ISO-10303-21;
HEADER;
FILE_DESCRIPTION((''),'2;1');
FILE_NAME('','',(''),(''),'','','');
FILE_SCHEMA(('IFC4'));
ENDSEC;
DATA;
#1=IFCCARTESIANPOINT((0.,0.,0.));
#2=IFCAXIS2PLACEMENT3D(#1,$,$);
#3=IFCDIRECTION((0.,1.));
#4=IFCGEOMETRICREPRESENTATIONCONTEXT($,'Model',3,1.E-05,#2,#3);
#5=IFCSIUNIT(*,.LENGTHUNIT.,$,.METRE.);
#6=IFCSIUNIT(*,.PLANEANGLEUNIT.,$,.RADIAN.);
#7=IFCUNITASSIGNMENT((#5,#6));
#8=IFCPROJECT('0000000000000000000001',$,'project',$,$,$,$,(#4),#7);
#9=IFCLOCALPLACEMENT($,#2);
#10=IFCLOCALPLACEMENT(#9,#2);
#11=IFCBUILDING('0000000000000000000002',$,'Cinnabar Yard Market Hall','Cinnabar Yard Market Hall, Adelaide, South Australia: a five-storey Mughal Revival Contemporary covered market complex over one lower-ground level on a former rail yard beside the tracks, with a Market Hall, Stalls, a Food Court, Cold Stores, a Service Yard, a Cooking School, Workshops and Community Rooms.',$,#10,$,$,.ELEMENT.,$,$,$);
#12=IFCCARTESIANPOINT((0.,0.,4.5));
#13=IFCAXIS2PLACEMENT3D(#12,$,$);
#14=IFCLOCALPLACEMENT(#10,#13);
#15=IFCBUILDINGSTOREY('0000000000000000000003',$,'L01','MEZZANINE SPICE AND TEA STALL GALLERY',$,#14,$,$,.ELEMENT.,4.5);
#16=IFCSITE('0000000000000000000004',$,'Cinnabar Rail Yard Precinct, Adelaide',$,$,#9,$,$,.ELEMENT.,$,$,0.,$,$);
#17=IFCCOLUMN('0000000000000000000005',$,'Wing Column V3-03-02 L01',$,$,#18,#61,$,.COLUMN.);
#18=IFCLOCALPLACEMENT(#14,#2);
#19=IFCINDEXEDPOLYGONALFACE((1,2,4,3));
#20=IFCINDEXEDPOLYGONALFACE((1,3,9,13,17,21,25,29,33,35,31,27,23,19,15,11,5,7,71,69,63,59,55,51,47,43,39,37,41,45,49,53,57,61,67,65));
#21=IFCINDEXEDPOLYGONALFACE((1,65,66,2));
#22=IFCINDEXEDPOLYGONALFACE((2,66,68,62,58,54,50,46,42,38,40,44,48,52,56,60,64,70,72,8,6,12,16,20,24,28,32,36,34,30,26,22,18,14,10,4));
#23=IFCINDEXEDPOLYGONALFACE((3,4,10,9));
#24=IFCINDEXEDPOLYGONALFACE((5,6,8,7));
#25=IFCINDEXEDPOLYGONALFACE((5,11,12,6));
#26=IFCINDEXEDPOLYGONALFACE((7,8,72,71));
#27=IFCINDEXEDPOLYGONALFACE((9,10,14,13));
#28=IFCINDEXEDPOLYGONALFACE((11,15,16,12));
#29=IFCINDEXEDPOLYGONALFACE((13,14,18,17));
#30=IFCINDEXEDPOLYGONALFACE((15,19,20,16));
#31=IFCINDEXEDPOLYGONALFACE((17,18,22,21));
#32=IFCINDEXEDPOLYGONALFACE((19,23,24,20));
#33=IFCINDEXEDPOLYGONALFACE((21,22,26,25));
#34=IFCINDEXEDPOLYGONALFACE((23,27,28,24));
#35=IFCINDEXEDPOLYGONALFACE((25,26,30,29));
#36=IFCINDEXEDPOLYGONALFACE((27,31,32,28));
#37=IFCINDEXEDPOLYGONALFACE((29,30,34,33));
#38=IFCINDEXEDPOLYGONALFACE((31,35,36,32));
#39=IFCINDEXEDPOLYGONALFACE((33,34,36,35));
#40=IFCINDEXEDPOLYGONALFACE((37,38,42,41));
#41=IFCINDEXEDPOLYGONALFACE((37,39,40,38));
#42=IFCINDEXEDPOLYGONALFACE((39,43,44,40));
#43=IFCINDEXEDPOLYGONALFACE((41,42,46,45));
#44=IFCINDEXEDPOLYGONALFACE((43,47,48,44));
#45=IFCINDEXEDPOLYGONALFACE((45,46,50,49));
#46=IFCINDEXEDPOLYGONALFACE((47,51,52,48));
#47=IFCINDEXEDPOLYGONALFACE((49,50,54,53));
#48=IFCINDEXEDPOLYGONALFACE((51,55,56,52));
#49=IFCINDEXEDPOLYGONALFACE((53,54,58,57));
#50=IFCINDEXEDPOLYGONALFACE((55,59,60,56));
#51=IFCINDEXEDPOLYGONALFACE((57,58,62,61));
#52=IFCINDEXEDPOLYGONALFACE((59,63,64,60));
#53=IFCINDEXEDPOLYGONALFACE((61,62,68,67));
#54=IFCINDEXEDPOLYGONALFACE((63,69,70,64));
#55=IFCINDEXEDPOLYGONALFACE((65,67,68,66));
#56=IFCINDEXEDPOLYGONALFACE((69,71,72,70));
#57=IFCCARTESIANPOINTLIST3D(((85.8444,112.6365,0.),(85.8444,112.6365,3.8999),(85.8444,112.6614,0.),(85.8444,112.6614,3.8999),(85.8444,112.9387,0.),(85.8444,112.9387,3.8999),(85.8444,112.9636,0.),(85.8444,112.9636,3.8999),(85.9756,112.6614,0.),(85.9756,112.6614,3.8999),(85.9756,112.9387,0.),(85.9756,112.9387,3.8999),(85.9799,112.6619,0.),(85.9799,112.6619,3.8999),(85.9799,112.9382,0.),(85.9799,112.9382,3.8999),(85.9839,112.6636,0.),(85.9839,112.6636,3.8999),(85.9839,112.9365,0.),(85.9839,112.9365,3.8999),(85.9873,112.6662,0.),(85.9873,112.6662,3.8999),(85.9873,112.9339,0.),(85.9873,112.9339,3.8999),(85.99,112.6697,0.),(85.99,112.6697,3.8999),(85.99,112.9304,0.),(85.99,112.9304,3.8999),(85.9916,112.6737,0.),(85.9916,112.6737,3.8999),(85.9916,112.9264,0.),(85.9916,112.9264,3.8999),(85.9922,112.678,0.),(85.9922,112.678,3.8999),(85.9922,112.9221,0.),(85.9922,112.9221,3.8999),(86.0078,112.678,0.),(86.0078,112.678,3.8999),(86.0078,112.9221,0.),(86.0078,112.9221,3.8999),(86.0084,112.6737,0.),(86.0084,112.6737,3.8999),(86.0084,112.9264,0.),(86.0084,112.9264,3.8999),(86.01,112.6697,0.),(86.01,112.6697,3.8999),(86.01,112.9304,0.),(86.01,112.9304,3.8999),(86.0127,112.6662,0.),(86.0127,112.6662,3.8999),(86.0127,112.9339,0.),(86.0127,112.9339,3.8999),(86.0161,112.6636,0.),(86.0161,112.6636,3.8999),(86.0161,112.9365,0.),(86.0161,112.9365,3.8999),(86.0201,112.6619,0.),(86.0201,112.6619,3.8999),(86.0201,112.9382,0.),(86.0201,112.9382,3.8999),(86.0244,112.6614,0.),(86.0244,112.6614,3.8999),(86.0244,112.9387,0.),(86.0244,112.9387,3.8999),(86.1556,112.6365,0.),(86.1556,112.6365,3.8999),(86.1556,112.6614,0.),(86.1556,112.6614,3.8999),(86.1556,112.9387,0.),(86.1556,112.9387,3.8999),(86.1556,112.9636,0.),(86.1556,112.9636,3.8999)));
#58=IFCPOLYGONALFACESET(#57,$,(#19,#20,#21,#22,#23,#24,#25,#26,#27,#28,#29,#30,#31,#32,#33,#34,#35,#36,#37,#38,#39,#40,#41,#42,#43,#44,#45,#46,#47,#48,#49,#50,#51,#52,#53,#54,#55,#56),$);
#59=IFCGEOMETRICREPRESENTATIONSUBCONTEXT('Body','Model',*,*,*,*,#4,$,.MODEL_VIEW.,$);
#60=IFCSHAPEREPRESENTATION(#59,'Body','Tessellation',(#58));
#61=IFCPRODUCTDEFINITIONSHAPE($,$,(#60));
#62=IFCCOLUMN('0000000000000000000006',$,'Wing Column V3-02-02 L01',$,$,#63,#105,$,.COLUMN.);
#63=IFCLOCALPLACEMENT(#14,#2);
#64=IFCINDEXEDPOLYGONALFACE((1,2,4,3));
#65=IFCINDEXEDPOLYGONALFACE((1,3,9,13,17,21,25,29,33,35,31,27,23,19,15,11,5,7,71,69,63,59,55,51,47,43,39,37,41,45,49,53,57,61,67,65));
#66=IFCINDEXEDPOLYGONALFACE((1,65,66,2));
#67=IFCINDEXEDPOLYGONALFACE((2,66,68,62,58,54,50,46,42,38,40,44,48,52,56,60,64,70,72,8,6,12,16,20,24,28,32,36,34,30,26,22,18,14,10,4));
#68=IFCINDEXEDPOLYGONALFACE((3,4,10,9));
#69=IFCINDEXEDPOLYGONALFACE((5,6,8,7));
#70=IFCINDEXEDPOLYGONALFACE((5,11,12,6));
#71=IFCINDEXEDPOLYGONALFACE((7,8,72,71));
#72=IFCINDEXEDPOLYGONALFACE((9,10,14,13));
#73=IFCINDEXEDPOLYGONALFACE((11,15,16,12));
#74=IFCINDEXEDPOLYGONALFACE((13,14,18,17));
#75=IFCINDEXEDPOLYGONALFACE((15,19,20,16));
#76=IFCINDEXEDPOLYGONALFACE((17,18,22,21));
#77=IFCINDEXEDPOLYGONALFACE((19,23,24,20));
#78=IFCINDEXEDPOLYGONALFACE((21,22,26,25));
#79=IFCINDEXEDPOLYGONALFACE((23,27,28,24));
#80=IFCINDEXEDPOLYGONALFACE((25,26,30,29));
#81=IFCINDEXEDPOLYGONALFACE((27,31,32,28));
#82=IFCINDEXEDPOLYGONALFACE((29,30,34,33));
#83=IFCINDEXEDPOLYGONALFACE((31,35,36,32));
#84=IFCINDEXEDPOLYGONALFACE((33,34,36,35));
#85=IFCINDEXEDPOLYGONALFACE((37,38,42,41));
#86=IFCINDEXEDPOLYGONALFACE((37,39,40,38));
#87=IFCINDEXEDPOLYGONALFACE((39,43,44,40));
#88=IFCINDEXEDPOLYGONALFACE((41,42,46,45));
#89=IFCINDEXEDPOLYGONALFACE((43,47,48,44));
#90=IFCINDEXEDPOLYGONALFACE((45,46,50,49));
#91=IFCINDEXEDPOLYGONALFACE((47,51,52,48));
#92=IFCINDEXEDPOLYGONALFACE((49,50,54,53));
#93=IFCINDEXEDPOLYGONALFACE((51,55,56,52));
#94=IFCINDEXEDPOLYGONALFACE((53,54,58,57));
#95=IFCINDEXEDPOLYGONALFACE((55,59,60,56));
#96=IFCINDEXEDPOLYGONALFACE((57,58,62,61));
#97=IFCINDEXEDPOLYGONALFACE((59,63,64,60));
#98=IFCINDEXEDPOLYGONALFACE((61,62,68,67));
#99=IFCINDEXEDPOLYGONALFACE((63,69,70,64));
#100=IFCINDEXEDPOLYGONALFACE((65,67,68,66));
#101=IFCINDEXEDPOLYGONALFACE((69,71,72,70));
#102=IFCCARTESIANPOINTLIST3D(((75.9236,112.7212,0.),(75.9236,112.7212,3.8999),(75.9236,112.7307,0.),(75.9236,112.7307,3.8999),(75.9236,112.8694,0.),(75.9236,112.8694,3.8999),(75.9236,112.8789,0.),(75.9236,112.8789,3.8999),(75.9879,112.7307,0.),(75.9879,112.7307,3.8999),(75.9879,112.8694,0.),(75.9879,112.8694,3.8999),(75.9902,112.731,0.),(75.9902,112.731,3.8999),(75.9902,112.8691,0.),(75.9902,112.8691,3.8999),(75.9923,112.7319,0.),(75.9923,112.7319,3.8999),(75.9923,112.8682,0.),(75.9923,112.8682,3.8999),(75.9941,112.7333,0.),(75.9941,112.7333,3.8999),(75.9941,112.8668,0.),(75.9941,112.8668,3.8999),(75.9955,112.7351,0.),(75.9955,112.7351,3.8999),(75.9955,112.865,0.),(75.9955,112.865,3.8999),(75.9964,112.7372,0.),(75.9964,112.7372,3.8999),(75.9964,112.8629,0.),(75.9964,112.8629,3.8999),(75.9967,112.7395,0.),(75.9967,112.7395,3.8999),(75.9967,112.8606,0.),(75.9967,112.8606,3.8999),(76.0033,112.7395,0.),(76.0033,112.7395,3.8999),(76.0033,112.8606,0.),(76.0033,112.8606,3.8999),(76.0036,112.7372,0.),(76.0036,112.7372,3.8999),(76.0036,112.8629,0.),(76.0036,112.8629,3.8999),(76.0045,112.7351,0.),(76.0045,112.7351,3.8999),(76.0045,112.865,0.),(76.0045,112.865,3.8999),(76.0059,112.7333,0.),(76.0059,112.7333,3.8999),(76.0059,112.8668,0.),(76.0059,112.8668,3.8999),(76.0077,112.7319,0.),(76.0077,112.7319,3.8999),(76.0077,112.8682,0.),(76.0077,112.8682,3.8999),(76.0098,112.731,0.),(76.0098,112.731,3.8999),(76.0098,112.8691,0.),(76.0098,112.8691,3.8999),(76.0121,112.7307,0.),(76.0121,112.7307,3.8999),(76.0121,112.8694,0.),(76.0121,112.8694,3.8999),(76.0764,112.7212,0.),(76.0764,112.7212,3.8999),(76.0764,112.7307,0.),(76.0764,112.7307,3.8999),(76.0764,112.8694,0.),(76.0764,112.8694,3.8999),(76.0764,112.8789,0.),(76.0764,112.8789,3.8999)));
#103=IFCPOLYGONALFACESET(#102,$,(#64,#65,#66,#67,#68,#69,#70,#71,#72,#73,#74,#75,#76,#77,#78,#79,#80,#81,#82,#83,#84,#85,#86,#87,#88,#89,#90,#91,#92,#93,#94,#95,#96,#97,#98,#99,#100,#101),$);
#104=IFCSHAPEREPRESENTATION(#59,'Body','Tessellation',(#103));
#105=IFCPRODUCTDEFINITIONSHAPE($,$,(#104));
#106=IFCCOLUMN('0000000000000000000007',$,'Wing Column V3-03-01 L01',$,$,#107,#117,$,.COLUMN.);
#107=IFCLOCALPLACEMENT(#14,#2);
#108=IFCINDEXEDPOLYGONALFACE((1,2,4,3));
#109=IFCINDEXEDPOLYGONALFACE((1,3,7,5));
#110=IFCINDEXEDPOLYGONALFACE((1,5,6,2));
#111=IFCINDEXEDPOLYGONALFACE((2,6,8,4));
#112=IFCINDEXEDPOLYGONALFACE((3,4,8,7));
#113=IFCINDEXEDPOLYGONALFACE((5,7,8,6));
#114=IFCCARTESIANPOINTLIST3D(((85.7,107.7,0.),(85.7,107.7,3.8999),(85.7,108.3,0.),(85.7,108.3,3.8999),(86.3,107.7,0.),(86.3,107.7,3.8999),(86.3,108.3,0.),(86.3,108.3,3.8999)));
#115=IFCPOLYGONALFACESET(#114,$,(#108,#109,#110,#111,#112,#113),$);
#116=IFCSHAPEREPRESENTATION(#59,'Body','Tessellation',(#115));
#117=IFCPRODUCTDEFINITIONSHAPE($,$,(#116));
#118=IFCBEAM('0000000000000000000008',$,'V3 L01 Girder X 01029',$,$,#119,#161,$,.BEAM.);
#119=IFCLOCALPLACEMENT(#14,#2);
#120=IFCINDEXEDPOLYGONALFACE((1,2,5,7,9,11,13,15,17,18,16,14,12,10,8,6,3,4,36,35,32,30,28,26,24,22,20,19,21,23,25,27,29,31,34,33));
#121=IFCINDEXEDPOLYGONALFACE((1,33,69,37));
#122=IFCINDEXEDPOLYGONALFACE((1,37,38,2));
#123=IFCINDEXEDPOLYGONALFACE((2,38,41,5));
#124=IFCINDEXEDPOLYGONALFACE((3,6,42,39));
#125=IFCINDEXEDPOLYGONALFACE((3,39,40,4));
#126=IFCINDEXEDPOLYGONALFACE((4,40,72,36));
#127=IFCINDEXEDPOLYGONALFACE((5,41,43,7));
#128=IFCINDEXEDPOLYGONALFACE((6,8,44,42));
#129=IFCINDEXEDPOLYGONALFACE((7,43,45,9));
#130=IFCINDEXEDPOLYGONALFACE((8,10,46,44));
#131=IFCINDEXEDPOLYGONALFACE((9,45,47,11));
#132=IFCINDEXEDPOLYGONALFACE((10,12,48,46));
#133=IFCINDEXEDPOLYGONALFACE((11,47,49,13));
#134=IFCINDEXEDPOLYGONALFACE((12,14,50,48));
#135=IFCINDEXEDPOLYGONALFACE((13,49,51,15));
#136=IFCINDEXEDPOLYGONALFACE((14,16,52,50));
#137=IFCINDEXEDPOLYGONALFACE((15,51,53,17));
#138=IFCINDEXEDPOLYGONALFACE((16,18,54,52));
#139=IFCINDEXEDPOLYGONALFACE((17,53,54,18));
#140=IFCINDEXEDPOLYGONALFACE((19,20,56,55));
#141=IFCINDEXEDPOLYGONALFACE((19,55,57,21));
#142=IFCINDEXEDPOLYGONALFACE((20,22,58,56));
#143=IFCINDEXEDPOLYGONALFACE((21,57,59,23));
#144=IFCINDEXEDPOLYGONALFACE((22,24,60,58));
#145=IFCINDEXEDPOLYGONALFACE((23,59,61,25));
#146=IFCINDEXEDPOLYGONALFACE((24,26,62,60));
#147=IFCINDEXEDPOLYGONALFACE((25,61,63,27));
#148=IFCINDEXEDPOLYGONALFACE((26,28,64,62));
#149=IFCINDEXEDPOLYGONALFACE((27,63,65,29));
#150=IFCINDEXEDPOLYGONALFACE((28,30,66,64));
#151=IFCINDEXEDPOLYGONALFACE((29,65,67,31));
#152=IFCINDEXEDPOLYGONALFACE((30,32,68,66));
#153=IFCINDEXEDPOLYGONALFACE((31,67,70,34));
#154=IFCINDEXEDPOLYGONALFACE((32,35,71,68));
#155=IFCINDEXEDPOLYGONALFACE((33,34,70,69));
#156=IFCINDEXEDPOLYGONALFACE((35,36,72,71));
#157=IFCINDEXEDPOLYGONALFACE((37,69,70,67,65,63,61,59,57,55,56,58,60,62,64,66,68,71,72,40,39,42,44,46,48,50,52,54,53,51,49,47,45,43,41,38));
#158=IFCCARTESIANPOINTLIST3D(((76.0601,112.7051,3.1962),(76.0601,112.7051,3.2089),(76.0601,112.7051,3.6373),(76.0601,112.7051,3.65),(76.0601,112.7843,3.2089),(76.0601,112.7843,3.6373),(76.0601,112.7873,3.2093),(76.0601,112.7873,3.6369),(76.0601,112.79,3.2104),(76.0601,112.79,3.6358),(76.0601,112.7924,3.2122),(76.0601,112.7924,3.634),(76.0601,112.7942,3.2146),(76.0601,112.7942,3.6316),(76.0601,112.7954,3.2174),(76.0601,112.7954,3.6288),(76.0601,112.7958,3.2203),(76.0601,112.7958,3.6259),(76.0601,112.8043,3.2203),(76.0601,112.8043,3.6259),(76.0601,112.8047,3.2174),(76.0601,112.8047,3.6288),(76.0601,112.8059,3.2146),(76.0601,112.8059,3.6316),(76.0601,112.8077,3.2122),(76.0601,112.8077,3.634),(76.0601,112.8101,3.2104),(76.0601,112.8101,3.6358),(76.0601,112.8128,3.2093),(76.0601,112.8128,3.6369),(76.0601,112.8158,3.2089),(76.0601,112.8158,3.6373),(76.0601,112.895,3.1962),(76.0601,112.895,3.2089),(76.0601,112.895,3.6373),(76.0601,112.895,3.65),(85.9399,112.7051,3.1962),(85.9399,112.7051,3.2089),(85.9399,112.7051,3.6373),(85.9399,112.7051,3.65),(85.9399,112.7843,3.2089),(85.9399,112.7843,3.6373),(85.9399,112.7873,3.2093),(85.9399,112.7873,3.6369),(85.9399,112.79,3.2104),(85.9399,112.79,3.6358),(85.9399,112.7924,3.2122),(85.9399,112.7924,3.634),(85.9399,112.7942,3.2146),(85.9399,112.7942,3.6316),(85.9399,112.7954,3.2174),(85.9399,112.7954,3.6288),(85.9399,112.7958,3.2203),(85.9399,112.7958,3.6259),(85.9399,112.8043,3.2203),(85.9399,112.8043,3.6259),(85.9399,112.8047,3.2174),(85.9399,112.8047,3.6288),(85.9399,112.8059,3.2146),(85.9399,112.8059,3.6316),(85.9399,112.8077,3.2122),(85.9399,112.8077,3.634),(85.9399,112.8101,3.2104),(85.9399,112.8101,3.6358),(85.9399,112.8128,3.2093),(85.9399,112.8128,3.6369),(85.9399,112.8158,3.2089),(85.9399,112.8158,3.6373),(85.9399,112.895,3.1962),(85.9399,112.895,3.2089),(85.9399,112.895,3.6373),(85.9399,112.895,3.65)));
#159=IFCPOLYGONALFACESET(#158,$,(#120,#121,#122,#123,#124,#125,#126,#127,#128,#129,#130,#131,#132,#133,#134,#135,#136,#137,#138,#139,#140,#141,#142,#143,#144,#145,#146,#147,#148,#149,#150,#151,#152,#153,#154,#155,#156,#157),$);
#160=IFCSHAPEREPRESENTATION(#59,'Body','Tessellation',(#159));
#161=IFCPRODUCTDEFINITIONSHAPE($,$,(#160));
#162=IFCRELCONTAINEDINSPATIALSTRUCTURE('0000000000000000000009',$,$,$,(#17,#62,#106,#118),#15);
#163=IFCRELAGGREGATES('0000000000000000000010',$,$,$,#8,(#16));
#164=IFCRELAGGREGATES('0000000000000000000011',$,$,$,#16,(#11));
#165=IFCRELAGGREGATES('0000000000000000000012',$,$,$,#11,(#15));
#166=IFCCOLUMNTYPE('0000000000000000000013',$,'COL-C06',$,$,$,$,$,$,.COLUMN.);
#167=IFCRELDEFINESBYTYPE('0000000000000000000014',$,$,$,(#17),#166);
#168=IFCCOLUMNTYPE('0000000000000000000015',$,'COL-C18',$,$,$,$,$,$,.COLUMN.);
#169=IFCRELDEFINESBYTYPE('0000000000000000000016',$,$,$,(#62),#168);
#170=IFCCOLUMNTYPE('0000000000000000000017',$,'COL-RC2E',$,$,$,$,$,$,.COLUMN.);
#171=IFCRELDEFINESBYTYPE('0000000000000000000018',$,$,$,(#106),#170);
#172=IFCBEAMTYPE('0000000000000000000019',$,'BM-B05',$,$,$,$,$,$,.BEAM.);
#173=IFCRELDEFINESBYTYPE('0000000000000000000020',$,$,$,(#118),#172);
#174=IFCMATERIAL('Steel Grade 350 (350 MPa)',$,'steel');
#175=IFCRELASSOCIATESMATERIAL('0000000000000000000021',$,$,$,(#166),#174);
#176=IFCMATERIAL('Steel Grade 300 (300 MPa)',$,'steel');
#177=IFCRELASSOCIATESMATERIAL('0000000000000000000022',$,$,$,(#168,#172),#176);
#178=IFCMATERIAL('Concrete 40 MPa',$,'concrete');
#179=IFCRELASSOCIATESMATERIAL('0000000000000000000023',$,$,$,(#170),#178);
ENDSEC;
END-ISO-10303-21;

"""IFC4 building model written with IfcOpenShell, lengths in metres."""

from ifc_helpers import new_model, si_unit, direction, frame, origin, origin_2d_with_axis, place, context, subcontext, project, spatial, rectangle, i_section, extrude, material, material_profile, profile_set, type_object, element, save


model = new_model("IFC4")

# Units and contexts
model_context = context("Model", 3, precision=1e-05, world=origin(), true_north=direction((0.0, 1.0)))
body_context = subcontext(model_context, "Body", "Model", "MODEL_VIEW")
ifc_project = project(units=[si_unit("LENGTHUNIT", "METRE"), si_unit("PLANEANGLEUNIT", "RADIAN")], contexts=[model_context])

# Site, building, storey
site_placement = place(None, origin())
site = spatial("IfcSite", under=ifc_project, at=site_placement, Name="Cinnabar Rail Yard Precinct, Adelaide", CompositionType="ELEMENT", RefElevation=0.0)
building_placement = place(site_placement, origin())
building = spatial("IfcBuilding", under=site, at=building_placement, Name="Cinnabar Yard Market Hall", Description="Cinnabar Yard Market Hall, Adelaide, South Australia: a five-storey Mughal Revival Contemporary covered market complex over one lower-ground level on a former rail yard beside the tracks, with a Market Hall, Stalls, a Food Court, Cold Stores, a Service Yard, a Cooking School, Workshops and Community Rooms.", CompositionType="ELEMENT")
storey_placement = place(building_placement, frame((0.0, 0.0, 4.5)))
storey = spatial("IfcBuildingStorey", under=building, at=storey_placement, Name="L01", Description="MEZZANINE SPICE AND TEA STALL GALLERY", CompositionType="ELEMENT", Elevation=4.5)

# Columns
ifc_material_1 = material(Name="Steel Grade 350 (350 MPa)", Category="steel")
ifc_material_profile_1 = material_profile(ifc_material_1, i_section(OverallWidth=0.3113, OverallDepth=0.3271, WebThickness=0.0156, FlangeThickness=0.0249, FilletRadius=0.0166, at=origin_2d_with_axis()), Name="310UC158")
ifc_profile_set_1 = profile_set([ifc_material_profile_1], Name="Steel Grade 350 (350 MPa)")
column_type_1 = type_object("IfcColumnType", Name="COL-C06", PredefinedType="COLUMN", material=ifc_profile_set_1)
column_1_placement = place(storey_placement, frame((86.0, 112.8, 0.0), z_axis=(0.0, 0.0, 1.0), x_axis=(1.0, 0.0, 0.0)))
element("IfcColumn", 1, at=column_1_placement, inside=storey, type_object=column_type_1, Name="Wing Column V3-03-02 L01", PredefinedType="COLUMN", context=body_context, shape_type="SweptSolid", body=[
    extrude(i_section(OverallWidth=0.3113, OverallDepth=0.3271, WebThickness=0.0156, FlangeThickness=0.0249, FilletRadius=0.0166, at=origin_2d_with_axis()), origin(), (0.0, 0.0, 1.0), 3.8999),
])
ifc_material_2 = material(Name="Steel Grade 300 (300 MPa)", Category="steel")
ifc_material_profile_2 = material_profile(ifc_material_2, i_section(OverallWidth=0.1528, OverallDepth=0.1577, WebThickness=0.0066, FlangeThickness=0.0095, FilletRadius=0.0088, at=origin_2d_with_axis()), Name="150UC30.0")
ifc_profile_set_2 = profile_set([ifc_material_profile_2], Name="Steel Grade 300 (300 MPa)")
column_type_2 = type_object("IfcColumnType", Name="COL-C18", PredefinedType="COLUMN", material=ifc_profile_set_2)
column_2_placement = place(storey_placement, frame((76.0, 112.8, 0.0), z_axis=(0.0, 0.0, 1.0), x_axis=(1.0, 0.0, 0.0)))
element("IfcColumn", 2, at=column_2_placement, inside=storey, type_object=column_type_2, Name="Wing Column V3-02-02 L01", PredefinedType="COLUMN", context=body_context, shape_type="SweptSolid", body=[
    extrude(i_section(OverallWidth=0.1528, OverallDepth=0.1577, WebThickness=0.0066, FlangeThickness=0.0095, FilletRadius=0.0088, at=origin_2d_with_axis()), origin(), (0.0, 0.0, 1.0), 3.8999),
])
ifc_material_3 = material(Name="Concrete 40 MPa", Category="concrete")
ifc_material_profile_3 = material_profile(ifc_material_3, rectangle(XDim=0.6001, YDim=0.6001, at=origin_2d_with_axis()), Name="RC-600x600")
ifc_profile_set_3 = profile_set([ifc_material_profile_3], Name="Concrete 40 MPa")
column_type_3 = type_object("IfcColumnType", Name="COL-RC2E", PredefinedType="COLUMN", material=ifc_profile_set_3)
column_3_placement = place(storey_placement, frame((86.0, 108.0, 0.0), z_axis=(0.0, 0.0, 1.0), x_axis=(1.0, 0.0, 0.0)))
element("IfcColumn", 3, at=column_3_placement, inside=storey, type_object=column_type_3, Name="Wing Column V3-03-01 L01", PredefinedType="COLUMN", context=body_context, shape_type="SweptSolid", body=[
    extrude(rectangle(XDim=0.6001, YDim=0.6001, at=origin_2d_with_axis()), origin(), (0.0, 0.0, 1.0), 3.8999),
])

# Beam
ifc_material_profile_4 = material_profile(ifc_material_2, i_section(OverallWidth=0.1899, OverallDepth=0.4539, WebThickness=0.0085, FlangeThickness=0.0127, FilletRadius=0.0115, at=origin_2d_with_axis()), Name="460UB67.1")
ifc_profile_set_4 = profile_set([ifc_material_profile_4], Name="Steel Grade 300 (300 MPa)")
beam_type_1 = type_object("IfcBeamType", Name="BM-B05", PredefinedType="BEAM", material=ifc_profile_set_4)
beam_1_placement = place(storey_placement, frame((76.0601, 112.8, 3.4231), z_axis=(1.0, 0.0, 0.0), x_axis=(0.0, 1.0, 0.0)))
element("IfcBeam", 4, at=beam_1_placement, inside=storey, type_object=beam_type_1, Name="V3 L01 Girder X 01029", PredefinedType="BEAM", context=body_context, shape_type="SweptSolid", body=[
    extrude(i_section(OverallWidth=0.1899, OverallDepth=0.4539, WebThickness=0.0085, FlangeThickness=0.0127, FilletRadius=0.0115, at=origin_2d_with_axis()), origin(), (0.0, 0.0, 1.0), 9.8799),
])

save(model, "model.ifc")
